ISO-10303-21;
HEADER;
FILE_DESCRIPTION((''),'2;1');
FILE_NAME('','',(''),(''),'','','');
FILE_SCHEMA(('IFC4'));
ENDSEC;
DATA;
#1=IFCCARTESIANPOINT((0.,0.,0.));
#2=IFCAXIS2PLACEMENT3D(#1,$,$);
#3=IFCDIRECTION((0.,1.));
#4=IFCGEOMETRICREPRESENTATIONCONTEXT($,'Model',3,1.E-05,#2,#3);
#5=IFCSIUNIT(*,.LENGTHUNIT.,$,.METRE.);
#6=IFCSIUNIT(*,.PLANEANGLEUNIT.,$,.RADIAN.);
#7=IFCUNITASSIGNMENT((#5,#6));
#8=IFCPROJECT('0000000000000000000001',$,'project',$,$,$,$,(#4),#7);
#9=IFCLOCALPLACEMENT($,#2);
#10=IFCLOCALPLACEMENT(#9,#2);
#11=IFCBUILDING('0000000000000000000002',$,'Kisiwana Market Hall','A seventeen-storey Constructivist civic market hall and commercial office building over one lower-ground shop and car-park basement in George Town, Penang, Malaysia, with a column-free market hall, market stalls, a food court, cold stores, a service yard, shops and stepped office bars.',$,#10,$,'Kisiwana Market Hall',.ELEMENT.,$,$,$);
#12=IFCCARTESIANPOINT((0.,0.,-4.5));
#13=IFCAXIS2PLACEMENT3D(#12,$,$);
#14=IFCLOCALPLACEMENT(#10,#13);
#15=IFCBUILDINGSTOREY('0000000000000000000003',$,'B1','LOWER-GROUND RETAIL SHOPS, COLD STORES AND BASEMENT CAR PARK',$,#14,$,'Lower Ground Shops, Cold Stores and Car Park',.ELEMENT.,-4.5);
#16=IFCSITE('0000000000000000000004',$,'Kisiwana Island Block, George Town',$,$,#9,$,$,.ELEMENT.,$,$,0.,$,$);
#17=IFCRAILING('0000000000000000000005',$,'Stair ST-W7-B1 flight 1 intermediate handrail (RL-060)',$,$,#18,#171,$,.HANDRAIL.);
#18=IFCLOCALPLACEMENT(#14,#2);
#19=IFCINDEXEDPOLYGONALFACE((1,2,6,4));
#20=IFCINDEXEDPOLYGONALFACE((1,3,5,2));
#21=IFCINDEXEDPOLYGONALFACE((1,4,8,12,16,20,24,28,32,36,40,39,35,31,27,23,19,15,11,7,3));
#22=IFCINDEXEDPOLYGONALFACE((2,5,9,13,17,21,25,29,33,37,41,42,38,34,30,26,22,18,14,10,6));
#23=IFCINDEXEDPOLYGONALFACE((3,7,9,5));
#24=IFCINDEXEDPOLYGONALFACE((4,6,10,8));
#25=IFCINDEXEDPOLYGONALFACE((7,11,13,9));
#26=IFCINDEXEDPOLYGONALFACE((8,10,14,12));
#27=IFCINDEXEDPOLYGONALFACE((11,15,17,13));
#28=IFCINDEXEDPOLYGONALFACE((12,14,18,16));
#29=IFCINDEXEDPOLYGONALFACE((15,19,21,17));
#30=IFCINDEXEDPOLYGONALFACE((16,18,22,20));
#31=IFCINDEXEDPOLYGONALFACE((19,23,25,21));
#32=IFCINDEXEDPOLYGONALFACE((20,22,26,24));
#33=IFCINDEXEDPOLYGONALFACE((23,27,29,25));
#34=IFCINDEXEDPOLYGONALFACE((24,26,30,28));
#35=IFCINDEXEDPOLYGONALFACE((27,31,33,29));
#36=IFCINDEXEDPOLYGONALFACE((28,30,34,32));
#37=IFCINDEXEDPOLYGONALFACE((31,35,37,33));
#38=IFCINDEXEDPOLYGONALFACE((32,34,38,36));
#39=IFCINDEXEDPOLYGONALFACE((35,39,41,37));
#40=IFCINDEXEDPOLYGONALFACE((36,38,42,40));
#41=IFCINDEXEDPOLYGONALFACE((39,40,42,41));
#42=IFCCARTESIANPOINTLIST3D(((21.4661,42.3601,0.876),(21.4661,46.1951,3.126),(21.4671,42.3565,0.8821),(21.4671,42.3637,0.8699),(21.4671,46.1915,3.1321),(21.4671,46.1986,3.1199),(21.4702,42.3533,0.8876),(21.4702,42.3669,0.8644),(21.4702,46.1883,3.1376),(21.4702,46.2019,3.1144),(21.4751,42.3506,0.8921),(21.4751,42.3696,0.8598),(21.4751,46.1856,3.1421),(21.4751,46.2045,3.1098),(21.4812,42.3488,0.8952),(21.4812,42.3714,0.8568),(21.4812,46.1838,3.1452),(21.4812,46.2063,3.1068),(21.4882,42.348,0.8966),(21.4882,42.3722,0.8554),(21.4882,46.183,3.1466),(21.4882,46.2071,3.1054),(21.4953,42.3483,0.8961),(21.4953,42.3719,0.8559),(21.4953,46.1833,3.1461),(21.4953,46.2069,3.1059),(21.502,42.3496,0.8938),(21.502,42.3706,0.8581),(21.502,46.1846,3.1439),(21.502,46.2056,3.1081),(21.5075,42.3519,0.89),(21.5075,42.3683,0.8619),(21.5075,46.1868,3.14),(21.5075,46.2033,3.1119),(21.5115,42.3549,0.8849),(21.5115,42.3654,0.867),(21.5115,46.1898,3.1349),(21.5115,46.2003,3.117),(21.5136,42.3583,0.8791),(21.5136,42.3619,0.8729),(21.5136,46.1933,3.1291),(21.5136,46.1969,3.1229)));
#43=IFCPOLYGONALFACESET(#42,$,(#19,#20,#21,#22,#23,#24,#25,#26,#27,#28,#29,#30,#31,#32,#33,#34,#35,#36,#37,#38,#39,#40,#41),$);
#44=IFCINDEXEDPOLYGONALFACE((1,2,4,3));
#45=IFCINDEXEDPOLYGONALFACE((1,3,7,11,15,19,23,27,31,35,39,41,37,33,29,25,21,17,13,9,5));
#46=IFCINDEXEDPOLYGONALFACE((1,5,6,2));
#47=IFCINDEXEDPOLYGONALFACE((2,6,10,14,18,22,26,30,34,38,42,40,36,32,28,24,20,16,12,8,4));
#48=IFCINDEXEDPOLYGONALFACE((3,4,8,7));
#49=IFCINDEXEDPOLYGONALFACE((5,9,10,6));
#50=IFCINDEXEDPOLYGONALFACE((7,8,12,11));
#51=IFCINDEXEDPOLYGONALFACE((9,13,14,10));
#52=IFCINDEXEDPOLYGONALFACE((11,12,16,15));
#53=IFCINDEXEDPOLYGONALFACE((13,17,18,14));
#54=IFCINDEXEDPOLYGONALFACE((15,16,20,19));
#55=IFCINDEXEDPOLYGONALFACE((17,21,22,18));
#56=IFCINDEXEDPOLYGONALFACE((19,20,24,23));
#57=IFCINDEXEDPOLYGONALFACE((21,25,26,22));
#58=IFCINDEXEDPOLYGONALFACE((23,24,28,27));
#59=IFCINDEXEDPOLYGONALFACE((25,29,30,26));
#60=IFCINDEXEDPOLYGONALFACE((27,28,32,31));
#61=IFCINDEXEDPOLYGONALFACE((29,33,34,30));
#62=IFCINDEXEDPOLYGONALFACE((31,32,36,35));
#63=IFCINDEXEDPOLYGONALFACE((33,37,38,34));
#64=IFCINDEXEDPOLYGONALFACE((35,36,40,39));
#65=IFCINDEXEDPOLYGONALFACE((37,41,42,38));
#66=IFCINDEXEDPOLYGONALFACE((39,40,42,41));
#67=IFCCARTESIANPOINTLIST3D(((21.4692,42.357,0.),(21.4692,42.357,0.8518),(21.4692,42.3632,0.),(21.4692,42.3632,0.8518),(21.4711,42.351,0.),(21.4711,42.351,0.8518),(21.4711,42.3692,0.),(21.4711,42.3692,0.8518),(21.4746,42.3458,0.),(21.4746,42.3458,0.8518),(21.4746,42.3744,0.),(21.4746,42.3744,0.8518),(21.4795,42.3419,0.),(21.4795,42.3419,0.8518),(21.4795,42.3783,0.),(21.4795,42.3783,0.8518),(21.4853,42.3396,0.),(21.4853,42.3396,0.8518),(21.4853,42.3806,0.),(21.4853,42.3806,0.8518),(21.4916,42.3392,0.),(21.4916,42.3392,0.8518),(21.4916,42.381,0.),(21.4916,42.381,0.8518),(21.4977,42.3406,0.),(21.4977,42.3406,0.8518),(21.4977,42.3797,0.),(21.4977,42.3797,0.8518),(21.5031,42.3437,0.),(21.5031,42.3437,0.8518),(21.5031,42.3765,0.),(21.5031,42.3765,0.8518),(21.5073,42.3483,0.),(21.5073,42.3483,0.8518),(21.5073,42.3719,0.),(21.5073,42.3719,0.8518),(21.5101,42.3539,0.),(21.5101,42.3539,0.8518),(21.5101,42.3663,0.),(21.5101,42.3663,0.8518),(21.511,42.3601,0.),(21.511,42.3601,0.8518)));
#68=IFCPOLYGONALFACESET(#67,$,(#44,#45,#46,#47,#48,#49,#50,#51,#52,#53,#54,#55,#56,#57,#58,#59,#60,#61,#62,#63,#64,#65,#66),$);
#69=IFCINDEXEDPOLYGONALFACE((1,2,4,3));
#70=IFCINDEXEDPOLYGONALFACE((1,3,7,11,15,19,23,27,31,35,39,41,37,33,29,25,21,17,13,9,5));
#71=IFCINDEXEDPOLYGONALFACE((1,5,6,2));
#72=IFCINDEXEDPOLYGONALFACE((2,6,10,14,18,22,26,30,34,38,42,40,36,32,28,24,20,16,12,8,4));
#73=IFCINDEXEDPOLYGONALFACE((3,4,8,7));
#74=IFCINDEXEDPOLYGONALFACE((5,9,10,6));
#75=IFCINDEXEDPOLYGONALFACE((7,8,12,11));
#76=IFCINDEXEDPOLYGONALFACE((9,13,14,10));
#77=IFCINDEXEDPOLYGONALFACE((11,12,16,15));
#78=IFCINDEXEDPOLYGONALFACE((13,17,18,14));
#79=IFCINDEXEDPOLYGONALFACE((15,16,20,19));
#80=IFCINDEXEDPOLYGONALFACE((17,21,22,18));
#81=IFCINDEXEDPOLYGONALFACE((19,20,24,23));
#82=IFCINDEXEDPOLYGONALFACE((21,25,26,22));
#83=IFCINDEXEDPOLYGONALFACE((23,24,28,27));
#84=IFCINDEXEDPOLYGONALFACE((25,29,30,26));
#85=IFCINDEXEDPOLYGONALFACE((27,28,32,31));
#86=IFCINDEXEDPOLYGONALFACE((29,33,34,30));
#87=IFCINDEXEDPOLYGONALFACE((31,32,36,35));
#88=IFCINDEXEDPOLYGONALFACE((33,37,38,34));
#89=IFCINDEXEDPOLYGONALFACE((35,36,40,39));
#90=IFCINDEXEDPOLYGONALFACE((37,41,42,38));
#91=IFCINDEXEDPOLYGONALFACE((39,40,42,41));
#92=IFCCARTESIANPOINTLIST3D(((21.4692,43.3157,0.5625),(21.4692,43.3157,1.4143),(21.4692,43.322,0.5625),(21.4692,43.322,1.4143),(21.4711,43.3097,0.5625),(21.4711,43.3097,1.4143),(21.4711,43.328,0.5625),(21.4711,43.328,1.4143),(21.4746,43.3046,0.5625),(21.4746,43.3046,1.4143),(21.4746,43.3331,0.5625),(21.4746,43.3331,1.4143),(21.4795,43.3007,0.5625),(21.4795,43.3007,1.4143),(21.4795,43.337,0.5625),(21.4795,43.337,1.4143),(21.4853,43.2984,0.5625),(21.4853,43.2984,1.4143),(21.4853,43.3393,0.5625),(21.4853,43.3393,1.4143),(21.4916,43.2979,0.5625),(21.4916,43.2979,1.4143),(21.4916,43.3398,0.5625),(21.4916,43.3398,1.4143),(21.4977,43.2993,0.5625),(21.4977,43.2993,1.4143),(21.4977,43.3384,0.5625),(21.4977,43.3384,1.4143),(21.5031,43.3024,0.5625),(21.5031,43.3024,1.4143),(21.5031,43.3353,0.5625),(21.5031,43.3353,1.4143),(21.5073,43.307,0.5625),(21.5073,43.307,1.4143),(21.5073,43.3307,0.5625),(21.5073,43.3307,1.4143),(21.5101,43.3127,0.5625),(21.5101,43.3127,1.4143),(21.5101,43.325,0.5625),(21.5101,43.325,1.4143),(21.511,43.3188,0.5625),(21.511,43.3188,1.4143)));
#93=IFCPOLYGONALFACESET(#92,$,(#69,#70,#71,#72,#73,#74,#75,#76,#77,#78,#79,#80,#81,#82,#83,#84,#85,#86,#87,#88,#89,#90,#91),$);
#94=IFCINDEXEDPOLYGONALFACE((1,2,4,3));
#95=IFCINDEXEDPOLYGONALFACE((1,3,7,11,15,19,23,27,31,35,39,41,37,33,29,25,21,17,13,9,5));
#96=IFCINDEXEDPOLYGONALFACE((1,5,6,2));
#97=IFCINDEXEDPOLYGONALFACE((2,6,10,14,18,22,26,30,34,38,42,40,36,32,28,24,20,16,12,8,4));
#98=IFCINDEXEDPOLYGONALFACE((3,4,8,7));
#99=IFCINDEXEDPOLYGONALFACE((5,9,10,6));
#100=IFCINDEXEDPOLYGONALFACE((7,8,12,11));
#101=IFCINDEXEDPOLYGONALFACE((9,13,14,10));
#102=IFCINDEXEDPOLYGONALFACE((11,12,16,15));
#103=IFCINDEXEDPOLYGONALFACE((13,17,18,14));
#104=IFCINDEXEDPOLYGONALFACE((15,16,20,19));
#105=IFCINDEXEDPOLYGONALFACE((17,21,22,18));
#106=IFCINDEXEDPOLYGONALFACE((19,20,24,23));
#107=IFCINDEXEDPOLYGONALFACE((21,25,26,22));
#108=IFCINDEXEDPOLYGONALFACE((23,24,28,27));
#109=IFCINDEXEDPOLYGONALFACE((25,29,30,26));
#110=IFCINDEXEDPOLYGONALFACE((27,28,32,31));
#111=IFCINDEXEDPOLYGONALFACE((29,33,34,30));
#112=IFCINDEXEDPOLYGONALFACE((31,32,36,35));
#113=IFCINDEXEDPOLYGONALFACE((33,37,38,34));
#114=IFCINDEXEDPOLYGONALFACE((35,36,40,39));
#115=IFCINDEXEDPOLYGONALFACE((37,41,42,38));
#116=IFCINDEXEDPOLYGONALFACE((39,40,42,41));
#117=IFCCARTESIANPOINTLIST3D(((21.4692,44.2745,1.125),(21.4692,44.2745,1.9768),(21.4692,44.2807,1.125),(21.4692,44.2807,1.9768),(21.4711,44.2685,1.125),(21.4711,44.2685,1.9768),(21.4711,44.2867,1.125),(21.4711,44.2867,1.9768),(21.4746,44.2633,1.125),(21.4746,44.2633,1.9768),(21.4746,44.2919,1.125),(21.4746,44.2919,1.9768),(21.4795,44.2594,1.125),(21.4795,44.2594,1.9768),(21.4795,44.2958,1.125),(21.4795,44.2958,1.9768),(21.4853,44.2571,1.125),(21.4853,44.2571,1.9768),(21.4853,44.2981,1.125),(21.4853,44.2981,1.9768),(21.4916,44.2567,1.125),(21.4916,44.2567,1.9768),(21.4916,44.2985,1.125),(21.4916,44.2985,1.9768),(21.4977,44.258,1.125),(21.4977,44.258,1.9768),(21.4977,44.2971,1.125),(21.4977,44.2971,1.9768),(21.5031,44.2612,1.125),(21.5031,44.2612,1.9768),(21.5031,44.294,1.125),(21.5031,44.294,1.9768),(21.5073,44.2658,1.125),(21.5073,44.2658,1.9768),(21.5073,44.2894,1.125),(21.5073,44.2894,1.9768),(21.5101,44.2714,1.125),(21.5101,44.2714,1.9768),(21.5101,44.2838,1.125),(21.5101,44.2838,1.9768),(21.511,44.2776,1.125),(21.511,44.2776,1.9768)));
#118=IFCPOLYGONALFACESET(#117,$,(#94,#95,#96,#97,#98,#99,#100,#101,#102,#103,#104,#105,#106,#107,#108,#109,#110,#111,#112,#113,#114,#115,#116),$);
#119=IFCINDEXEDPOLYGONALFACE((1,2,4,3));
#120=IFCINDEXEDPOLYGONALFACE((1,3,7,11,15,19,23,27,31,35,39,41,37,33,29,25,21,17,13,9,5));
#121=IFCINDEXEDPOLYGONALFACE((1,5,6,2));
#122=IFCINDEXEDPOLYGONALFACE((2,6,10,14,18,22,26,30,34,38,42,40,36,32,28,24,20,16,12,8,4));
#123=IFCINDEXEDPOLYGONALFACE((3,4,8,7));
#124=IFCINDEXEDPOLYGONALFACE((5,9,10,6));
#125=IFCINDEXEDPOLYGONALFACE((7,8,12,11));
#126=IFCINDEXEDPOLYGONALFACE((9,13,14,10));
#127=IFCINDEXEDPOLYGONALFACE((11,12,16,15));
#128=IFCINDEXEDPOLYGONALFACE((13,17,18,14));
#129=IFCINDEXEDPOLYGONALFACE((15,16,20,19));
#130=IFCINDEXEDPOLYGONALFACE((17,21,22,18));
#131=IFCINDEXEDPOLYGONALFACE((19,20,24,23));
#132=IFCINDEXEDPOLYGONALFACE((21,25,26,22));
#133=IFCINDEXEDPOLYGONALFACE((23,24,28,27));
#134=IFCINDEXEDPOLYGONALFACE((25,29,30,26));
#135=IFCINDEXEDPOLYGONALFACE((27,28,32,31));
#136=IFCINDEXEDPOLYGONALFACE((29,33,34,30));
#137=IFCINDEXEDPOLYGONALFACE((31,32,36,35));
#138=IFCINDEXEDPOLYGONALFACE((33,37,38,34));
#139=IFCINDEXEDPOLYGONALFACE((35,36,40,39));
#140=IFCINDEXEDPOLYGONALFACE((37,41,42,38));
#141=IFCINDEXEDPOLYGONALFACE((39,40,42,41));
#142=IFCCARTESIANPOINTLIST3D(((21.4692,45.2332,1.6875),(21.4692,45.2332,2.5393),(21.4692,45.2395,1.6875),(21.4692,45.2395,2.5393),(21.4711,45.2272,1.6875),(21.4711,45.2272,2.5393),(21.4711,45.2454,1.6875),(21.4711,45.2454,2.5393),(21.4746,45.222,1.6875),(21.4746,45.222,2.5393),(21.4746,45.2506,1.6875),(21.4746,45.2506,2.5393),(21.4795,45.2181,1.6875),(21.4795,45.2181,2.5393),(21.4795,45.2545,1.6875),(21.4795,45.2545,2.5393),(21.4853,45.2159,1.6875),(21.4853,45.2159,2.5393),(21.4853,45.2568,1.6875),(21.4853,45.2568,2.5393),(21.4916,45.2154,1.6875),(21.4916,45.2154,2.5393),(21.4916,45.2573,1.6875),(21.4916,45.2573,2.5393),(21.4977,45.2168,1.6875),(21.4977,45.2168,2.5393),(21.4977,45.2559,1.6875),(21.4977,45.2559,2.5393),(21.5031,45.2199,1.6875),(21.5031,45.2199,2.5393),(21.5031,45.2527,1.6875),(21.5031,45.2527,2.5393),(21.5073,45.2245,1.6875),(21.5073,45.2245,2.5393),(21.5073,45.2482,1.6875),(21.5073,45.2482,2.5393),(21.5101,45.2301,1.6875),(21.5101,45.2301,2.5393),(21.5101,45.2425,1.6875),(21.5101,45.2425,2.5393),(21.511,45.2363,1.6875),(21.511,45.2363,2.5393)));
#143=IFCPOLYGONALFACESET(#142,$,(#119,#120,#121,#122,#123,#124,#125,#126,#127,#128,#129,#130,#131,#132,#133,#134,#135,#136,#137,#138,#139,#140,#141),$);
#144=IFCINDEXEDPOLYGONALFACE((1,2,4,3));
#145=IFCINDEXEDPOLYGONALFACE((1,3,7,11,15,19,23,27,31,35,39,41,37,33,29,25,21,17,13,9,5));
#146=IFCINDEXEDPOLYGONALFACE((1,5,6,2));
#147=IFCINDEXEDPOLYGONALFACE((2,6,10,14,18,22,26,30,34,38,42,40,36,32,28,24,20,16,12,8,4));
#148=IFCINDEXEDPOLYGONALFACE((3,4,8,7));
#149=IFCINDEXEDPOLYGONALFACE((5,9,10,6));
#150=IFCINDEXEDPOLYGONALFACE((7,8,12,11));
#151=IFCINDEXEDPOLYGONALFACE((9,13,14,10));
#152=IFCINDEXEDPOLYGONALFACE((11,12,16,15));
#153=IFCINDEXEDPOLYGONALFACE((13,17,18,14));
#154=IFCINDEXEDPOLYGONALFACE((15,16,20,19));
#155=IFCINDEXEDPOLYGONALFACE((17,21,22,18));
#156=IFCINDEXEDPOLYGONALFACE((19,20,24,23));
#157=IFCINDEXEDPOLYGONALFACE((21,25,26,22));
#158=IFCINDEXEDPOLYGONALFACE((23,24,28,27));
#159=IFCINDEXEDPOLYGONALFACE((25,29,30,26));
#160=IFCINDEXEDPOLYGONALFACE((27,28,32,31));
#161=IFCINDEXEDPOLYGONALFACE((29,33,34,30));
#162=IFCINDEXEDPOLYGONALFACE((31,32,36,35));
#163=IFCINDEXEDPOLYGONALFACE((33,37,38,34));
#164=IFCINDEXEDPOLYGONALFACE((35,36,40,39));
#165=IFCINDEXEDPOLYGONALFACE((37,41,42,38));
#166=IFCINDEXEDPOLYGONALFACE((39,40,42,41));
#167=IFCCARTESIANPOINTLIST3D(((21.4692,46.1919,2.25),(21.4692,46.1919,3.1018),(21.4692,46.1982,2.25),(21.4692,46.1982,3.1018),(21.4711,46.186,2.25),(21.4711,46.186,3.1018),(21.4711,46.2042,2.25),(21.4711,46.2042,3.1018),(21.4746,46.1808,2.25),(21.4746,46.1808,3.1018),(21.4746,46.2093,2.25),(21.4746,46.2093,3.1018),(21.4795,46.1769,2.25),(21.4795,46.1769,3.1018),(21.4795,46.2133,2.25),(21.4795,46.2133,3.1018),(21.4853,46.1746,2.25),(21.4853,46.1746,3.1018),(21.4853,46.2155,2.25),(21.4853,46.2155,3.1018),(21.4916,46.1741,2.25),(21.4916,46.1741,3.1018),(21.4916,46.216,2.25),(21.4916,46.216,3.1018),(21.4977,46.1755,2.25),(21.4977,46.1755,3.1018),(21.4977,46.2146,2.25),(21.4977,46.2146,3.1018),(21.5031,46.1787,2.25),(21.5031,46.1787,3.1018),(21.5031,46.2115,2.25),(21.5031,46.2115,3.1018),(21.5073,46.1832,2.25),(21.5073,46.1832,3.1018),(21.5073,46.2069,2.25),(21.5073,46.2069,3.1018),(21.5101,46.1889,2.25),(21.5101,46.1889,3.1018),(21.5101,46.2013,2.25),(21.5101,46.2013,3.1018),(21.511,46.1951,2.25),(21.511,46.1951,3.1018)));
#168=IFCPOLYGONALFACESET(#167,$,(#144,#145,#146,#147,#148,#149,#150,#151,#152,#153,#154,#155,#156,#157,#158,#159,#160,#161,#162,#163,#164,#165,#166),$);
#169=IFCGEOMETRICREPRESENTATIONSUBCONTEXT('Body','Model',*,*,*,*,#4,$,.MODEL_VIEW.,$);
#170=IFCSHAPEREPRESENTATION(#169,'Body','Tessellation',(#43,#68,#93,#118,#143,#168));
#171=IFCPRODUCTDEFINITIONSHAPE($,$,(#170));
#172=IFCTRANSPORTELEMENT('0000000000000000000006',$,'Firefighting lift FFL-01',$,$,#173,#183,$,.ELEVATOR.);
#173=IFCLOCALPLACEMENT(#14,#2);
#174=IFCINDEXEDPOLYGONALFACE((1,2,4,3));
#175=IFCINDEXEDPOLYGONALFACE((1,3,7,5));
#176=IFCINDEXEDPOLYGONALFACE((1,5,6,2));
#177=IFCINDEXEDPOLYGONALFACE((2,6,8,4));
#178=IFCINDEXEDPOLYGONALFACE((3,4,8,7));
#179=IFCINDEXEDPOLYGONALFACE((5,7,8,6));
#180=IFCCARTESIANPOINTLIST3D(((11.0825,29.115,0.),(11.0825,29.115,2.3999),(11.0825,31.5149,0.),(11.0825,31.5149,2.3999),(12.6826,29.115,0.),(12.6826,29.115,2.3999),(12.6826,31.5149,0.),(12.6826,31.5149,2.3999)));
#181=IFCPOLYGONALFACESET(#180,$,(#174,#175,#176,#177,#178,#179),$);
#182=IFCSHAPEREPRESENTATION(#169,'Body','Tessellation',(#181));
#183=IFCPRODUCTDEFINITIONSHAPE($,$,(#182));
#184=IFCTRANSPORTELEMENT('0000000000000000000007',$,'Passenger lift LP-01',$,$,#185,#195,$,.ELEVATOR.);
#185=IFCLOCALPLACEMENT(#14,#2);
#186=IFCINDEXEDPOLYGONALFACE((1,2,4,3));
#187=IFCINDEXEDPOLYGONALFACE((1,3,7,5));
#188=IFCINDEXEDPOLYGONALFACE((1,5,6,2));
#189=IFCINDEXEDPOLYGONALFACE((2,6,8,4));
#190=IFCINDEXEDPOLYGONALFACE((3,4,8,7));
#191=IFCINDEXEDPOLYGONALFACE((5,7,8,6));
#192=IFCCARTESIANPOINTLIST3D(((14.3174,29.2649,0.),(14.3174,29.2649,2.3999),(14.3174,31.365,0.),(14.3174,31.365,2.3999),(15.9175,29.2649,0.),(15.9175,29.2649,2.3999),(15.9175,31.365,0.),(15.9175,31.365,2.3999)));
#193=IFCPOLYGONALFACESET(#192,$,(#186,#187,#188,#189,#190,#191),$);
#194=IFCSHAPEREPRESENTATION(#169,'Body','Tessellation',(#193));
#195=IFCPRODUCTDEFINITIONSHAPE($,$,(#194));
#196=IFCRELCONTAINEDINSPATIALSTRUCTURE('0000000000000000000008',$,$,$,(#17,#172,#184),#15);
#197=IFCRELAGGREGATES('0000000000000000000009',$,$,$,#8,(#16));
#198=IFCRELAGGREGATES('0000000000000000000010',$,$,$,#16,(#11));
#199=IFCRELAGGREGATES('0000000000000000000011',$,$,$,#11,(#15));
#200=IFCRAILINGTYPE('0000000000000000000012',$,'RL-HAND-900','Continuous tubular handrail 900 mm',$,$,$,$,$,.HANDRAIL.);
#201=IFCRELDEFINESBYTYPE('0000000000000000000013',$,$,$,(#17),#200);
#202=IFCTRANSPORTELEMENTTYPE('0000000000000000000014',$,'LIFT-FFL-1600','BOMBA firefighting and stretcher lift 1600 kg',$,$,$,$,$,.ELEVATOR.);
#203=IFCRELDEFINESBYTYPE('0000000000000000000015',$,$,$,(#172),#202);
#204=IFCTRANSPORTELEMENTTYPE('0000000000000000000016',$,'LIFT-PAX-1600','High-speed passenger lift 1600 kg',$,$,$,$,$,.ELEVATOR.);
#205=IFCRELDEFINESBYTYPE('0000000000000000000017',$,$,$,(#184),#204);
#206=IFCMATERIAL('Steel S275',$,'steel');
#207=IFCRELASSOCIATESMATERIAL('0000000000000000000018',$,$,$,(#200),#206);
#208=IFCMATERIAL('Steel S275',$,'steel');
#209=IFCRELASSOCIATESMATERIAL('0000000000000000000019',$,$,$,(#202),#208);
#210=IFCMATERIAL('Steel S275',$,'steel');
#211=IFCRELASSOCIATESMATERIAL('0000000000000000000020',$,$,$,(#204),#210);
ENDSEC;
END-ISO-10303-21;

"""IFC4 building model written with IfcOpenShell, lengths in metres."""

from ifc_helpers import new_model, si_unit, direction, frame, origin, origin_2d, place, context, subcontext, project, spatial, rectangle, circle, extrude, material, type_object, element, save


model = new_model("IFC4")

# Units and contexts
model_context = context("Model", 3, precision=1e-05, world=origin(), true_north=direction((0.0, 1.0)))
body_context = subcontext(model_context, "Body", "Model", "MODEL_VIEW")
ifc_project = project(units=[si_unit("LENGTHUNIT", "METRE"), si_unit("PLANEANGLEUNIT", "RADIAN")], contexts=[model_context])

# Site, building, storey
site_placement = place(None, origin())
site = spatial("IfcSite", under=ifc_project, at=site_placement, Name="Kisiwana Island Block, George Town", CompositionType="ELEMENT", RefElevation=0.0)
building_placement = place(site_placement, origin())
building = spatial("IfcBuilding", under=site, at=building_placement, Name="Kisiwana Market Hall", Description="A seventeen-storey Constructivist civic market hall and commercial office building over one lower-ground shop and car-park basement in George Town, Penang, Malaysia, with a column-free market hall, market stalls, a food court, cold stores, a service yard, shops and stepped office bars.", LongName="Kisiwana Market Hall", CompositionType="ELEMENT")
storey_placement = place(building_placement, frame((0.0, 0.0, -4.5)))
storey = spatial("IfcBuildingStorey", under=building, at=storey_placement, Name="B1", Description="LOWER-GROUND RETAIL SHOPS, COLD STORES AND BASEMENT CAR PARK", LongName="Lower Ground Shops, Cold Stores and Car Park", CompositionType="ELEMENT", Elevation=-4.5)

# Railing
ifc_material_1 = material(Name="Steel S275", Category="steel")
railing_type_1 = type_object("IfcRailingType", Name="RL-HAND-900", Description="Continuous tubular handrail 900 mm", PredefinedType="HANDRAIL", material=ifc_material_1)
for number, where, name in (
    (1, (21.49, 42.3601, 0.0), "Stair ST-W7-B1 flight 1 intermediate handrail (RL-060)"),
):
    element("IfcRailing", number, at=place(storey_placement, frame(where)), inside=storey, type_object=railing_type_1, Name=name, PredefinedType="HANDRAIL", context=body_context, shape_type="SweptSolid", body=[
        extrude(circle(Radius=0.0239, at=origin_2d()), frame((0.0, 0.0, 0.876), z_axis=(0.0, 0.86251, 0.506041), x_axis=(-1.0, 0.0, 0.0)), (0.0, 0.0, 1.0), 4.4463),
        extrude(circle(Radius=0.021, at=origin_2d()), origin(), (0.0, 0.0, 1.0), 0.8518),
        extrude(circle(Radius=0.021, at=origin_2d()), frame((0.0, 0.9587, 0.5625)), (0.0, 0.0, 1.0), 0.8518),
        extrude(circle(Radius=0.021, at=origin_2d()), frame((0.0, 1.9175, 1.125)), (0.0, 0.0, 1.0), 0.8518),
        extrude(circle(Radius=0.021, at=origin_2d()), frame((0.0, 2.8762, 1.6875)), (0.0, 0.0, 1.0), 0.8518),
        extrude(circle(Radius=0.021, at=origin_2d()), frame((0.0, 3.835, 2.25)), (0.0, 0.0, 1.0), 0.8518),
    ])

# Transport elements
ifc_material_2 = material(Name="Steel S275", Category="steel")
transport_element_type_1 = type_object("IfcTransportElementType", Name="LIFT-FFL-1600", Description="BOMBA firefighting and stretcher lift 1600 kg", PredefinedType="ELEVATOR", material=ifc_material_2)
transport_element_1_placement = place(storey_placement, frame((11.8826, 30.3149, 0.0), z_axis=(0.0, 0.0, 1.0), x_axis=(1.0, 0.0, 0.0)))
element("IfcTransportElement", 2, at=transport_element_1_placement, inside=storey, type_object=transport_element_type_1, Name="Firefighting lift FFL-01", PredefinedType="ELEVATOR", context=body_context, shape_type="SweptSolid", body=[
    extrude(rectangle(XDim=1.6001, YDim=2.3999, at=origin_2d()), origin(), (0.0, 0.0, 1.0), 2.3999),
])
ifc_material_3 = material(Name="Steel S275", Category="steel")
transport_element_type_2 = type_object("IfcTransportElementType", Name="LIFT-PAX-1600", Description="High-speed passenger lift 1600 kg", PredefinedType="ELEVATOR", material=ifc_material_3)
transport_element_2_placement = place(storey_placement, frame((15.1174, 30.3149, 0.0), z_axis=(0.0, 0.0, 1.0), x_axis=(1.0, 0.0, 0.0)))
element("IfcTransportElement", 3, at=transport_element_2_placement, inside=storey, type_object=transport_element_type_2, Name="Passenger lift LP-01", PredefinedType="ELEVATOR", context=body_context, shape_type="SweptSolid", body=[
    extrude(rectangle(XDim=1.6001, YDim=2.1001, at=origin_2d()), origin(), (0.0, 0.0, 1.0), 2.3999),
])

save(model, "model.ifc")
